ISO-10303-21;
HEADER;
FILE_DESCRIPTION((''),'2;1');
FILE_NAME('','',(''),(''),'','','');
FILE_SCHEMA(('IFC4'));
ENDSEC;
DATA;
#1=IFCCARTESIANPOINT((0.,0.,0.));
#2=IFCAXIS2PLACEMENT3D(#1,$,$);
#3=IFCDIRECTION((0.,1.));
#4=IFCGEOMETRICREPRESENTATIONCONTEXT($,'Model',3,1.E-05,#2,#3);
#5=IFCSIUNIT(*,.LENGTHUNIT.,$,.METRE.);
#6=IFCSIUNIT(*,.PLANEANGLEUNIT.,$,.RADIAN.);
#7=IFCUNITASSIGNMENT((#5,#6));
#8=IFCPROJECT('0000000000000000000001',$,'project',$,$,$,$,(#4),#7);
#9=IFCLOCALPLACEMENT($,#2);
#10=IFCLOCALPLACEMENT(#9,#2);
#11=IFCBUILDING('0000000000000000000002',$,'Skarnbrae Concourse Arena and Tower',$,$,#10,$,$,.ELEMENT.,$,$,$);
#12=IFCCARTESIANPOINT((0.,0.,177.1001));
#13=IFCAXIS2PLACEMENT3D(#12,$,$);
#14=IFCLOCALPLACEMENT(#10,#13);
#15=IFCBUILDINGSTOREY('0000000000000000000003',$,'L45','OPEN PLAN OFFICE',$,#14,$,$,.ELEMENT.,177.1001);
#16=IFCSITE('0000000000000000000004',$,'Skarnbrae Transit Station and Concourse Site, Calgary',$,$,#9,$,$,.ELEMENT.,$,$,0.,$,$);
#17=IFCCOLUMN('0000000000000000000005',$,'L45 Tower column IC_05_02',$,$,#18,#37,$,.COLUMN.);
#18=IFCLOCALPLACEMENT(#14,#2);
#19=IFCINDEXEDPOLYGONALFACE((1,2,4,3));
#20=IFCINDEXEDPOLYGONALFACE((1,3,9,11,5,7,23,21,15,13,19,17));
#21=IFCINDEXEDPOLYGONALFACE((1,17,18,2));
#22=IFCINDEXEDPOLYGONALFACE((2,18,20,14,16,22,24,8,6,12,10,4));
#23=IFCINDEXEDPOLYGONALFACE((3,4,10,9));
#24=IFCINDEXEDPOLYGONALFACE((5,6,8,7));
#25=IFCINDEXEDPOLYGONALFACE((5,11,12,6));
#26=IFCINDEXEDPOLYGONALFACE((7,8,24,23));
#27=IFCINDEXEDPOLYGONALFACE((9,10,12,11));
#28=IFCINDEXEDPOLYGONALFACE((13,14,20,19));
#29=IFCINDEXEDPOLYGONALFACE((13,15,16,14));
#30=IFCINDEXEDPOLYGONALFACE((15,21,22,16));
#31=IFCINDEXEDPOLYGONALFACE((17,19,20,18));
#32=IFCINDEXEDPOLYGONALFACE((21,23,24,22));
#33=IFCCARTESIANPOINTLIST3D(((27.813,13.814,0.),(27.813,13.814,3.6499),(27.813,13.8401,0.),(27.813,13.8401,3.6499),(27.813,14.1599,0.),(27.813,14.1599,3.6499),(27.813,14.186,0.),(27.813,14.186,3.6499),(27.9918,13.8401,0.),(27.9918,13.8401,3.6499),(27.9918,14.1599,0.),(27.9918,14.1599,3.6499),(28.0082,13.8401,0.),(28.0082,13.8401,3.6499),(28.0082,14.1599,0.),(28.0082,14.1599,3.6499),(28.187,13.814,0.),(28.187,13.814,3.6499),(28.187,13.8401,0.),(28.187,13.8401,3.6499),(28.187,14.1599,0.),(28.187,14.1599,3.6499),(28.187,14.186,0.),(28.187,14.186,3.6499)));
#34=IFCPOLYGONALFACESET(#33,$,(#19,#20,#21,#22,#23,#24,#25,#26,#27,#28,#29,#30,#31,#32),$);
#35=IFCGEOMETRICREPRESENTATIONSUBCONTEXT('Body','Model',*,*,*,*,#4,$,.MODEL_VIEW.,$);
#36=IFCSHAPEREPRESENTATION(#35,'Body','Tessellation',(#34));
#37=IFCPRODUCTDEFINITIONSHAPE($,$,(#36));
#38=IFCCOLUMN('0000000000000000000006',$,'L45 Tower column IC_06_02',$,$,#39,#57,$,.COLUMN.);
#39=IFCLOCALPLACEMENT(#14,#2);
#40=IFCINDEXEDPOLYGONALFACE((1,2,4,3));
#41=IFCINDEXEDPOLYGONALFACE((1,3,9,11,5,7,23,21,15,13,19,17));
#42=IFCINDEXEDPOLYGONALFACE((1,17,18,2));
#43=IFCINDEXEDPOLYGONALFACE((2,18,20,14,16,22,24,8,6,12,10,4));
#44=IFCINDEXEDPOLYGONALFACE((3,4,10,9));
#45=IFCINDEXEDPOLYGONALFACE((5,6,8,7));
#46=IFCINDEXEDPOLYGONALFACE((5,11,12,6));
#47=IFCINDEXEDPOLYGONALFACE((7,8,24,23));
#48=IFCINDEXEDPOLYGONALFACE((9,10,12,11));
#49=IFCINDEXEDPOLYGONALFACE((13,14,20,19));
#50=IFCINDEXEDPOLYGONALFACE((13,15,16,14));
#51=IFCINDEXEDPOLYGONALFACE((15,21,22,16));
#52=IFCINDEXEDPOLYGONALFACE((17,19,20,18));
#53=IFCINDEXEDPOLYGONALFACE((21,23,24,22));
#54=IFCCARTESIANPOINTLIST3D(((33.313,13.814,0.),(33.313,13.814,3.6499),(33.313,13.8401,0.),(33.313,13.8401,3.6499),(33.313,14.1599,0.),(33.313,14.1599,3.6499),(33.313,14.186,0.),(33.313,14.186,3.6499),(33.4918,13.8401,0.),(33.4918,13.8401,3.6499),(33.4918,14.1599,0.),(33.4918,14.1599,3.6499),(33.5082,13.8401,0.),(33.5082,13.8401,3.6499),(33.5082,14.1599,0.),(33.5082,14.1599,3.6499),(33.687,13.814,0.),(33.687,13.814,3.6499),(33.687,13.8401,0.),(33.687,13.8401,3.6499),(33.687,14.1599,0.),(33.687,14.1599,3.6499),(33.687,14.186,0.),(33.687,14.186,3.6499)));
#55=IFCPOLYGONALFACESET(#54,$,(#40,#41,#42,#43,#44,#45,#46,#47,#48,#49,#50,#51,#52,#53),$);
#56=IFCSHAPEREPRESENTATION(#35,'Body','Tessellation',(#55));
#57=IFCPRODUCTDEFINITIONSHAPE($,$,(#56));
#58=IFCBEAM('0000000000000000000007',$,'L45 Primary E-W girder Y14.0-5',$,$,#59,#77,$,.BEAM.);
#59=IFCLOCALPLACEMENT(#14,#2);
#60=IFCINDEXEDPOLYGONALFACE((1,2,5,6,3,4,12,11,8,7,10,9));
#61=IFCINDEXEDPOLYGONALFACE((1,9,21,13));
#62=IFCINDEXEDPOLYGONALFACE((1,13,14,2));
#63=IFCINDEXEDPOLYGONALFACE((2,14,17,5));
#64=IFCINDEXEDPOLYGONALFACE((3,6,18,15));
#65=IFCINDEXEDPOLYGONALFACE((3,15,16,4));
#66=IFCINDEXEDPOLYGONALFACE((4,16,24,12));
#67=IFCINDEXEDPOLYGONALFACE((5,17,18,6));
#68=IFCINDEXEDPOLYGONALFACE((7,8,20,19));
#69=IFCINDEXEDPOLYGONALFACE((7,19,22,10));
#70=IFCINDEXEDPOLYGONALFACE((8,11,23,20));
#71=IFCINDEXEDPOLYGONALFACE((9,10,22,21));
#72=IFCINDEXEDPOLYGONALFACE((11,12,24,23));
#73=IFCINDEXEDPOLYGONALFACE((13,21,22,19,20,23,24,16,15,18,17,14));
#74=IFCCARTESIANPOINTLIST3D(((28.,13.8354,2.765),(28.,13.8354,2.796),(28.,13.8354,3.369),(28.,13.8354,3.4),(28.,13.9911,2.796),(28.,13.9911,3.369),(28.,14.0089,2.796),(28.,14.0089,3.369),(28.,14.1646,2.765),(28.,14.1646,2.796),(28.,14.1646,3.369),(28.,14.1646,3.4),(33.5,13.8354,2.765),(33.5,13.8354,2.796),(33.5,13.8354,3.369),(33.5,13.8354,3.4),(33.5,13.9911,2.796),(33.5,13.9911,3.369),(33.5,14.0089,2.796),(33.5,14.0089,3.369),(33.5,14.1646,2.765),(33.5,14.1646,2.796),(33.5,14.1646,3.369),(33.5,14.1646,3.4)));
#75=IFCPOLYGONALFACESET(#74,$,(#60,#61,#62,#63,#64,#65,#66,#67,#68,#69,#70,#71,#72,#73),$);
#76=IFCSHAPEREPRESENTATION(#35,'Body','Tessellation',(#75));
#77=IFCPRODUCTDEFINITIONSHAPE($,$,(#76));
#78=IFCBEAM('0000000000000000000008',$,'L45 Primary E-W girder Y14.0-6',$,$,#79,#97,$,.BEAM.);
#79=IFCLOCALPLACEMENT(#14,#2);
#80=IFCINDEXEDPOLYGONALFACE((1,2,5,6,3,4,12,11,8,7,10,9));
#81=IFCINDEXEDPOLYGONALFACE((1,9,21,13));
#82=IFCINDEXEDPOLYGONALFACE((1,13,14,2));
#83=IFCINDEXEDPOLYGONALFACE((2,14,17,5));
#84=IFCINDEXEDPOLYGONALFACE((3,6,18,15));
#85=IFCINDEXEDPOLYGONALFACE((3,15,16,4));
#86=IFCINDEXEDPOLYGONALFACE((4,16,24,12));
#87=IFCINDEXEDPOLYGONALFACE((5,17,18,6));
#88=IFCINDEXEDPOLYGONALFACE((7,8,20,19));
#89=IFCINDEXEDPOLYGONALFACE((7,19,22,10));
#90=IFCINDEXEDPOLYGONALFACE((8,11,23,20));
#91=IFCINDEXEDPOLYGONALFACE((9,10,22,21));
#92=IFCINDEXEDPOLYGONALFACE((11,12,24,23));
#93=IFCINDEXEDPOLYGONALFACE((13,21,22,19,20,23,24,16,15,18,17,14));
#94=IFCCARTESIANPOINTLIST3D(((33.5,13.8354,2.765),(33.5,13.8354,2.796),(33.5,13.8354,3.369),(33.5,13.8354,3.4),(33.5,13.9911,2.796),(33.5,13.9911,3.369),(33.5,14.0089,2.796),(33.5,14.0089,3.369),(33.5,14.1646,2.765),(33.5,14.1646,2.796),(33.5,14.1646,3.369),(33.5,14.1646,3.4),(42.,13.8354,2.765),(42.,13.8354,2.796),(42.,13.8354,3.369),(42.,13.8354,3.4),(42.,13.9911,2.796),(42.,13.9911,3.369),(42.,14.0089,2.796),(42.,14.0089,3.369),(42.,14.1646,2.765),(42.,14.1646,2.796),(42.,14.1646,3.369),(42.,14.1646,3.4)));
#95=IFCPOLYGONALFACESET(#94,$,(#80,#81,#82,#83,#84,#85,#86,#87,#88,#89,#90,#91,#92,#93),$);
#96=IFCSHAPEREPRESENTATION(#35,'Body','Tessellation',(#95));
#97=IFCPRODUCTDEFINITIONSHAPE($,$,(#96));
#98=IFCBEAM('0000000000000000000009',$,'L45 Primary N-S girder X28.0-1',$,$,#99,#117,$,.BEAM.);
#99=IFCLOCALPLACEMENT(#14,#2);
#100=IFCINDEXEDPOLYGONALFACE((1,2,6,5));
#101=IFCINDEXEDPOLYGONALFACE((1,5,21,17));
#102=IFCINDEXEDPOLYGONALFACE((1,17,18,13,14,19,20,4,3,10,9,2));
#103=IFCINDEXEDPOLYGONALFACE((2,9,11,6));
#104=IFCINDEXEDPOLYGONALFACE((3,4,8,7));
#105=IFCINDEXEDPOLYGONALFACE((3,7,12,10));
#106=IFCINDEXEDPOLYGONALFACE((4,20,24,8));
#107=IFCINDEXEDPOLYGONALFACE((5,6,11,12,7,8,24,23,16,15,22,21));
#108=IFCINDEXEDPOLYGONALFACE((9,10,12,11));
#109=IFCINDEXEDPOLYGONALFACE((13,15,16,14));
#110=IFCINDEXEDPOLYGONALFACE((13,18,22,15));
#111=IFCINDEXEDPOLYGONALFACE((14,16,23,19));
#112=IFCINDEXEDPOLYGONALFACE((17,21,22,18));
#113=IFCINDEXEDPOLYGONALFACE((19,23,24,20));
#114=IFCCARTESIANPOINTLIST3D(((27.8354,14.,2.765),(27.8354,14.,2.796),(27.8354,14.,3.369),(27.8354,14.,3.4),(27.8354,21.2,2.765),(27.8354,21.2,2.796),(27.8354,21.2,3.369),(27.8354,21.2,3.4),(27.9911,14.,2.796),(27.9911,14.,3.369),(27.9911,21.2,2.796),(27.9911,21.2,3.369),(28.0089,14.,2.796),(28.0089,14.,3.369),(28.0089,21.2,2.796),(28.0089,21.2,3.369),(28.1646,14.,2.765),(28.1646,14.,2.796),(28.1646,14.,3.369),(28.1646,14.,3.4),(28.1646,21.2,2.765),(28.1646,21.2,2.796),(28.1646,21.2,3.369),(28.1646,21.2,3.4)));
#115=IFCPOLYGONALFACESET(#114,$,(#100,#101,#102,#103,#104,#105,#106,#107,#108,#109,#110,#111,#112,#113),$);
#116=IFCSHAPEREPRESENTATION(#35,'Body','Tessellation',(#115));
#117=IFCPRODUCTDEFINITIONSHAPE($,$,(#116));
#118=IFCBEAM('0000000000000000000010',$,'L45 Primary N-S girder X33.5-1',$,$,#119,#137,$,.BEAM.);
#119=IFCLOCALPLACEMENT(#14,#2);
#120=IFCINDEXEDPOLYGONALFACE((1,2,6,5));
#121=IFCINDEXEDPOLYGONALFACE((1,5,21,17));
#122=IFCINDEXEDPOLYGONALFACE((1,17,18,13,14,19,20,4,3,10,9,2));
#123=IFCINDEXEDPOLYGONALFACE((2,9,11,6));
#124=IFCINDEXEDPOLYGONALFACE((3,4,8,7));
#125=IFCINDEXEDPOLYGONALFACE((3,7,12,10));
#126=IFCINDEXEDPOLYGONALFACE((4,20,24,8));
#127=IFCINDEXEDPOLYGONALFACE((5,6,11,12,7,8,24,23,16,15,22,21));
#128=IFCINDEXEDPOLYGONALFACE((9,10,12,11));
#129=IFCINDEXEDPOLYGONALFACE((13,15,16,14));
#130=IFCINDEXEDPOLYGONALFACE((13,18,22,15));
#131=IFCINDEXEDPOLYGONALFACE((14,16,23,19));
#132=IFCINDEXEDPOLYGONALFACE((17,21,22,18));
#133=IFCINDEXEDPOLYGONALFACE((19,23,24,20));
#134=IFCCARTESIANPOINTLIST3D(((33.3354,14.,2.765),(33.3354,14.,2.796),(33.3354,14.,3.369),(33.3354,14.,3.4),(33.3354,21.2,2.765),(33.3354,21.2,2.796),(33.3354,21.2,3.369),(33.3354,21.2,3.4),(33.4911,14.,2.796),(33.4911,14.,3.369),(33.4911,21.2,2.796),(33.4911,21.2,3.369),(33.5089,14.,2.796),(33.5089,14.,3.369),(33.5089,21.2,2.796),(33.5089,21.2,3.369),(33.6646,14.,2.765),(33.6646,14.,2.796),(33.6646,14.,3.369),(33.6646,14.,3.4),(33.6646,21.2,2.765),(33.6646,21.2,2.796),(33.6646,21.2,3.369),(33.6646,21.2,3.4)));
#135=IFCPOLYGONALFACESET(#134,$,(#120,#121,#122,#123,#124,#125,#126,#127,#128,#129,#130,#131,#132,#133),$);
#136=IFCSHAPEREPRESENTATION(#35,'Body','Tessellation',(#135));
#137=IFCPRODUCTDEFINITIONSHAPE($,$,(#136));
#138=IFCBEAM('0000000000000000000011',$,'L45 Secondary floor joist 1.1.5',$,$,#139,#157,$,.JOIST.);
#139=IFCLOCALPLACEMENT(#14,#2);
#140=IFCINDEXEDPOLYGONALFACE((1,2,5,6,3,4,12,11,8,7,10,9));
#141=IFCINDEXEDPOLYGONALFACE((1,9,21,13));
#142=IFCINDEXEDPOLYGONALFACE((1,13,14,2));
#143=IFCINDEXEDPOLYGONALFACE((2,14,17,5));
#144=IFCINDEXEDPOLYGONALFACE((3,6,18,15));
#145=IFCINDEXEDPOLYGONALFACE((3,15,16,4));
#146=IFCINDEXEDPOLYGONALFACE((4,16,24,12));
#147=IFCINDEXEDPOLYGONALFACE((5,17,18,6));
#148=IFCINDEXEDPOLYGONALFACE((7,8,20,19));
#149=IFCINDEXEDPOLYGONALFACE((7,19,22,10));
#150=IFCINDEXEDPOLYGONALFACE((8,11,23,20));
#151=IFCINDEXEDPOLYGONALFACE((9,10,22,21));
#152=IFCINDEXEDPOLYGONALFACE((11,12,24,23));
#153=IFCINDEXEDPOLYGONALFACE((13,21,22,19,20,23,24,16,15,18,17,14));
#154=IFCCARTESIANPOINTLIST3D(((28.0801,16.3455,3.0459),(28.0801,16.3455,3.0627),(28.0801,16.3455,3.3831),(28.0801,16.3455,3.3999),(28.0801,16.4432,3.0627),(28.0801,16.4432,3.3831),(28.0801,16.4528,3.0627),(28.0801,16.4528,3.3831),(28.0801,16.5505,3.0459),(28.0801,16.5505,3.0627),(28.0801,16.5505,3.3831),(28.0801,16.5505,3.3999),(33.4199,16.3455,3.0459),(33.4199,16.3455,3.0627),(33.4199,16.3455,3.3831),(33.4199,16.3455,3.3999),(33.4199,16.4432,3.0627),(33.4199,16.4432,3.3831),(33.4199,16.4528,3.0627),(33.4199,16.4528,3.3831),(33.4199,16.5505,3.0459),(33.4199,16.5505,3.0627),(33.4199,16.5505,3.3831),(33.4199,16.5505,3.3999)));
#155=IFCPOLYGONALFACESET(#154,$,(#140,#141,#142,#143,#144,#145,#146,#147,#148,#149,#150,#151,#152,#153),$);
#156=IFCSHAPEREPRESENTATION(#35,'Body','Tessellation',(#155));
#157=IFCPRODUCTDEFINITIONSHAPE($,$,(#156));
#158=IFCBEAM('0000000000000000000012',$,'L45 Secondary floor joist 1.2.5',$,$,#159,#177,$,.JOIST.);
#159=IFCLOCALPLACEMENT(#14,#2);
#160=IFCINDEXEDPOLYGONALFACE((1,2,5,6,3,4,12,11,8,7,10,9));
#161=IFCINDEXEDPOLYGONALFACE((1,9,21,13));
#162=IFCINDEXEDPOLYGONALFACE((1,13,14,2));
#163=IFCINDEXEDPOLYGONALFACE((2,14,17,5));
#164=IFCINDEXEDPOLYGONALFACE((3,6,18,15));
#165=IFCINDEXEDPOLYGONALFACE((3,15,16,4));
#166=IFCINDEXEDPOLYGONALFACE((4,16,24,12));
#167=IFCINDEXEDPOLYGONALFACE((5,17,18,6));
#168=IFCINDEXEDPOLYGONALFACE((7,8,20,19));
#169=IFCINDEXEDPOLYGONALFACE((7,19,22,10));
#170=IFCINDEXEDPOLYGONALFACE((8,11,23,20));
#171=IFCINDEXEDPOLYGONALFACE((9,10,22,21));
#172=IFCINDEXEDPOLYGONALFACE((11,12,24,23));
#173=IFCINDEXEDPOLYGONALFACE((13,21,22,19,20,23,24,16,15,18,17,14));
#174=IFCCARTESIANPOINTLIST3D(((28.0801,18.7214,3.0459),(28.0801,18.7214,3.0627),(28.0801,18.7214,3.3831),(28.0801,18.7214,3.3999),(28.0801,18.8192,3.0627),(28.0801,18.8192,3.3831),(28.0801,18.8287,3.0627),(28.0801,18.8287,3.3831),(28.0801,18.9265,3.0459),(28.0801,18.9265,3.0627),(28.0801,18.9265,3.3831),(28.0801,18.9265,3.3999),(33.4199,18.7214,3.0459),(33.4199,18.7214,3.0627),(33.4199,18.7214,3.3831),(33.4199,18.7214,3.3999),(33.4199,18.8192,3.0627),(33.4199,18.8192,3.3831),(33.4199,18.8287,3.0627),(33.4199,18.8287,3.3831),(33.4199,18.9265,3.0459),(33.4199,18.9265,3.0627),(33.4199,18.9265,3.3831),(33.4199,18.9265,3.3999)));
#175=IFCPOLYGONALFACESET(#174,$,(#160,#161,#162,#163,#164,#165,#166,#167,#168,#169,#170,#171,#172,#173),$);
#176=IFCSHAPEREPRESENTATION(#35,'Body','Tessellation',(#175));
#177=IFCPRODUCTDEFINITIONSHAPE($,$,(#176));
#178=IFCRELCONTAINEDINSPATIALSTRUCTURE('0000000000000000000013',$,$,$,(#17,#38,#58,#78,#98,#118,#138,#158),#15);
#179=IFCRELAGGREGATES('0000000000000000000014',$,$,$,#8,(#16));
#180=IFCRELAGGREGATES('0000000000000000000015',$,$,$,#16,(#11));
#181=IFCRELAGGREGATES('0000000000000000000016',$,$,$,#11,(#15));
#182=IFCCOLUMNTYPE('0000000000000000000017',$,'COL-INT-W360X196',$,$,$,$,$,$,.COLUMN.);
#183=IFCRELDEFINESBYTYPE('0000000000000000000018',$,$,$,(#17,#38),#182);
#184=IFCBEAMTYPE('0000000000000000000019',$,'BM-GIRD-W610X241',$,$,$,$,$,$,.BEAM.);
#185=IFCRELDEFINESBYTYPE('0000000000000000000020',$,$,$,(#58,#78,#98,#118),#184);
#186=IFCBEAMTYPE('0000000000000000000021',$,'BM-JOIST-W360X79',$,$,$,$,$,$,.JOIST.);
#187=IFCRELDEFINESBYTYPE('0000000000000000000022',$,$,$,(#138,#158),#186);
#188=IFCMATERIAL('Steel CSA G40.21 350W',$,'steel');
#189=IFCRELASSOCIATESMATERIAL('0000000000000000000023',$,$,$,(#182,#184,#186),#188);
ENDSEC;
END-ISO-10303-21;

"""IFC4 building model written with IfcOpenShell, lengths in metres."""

from ifc_helpers import new_model, si_unit, direction, frame, origin, origin_2d, place, context, subcontext, project, spatial, i_section, extrude, source, transform, mapped, material, material_profile, profile_set, type_object, element, save


model = new_model("IFC4")

# Units and contexts
model_context = context("Model", 3, precision=1e-05, world=origin(), true_north=direction((0.0, 1.0)))
body_context = subcontext(model_context, "Body", "Model", "MODEL_VIEW")
ifc_project = project(units=[si_unit("LENGTHUNIT", "METRE"), si_unit("PLANEANGLEUNIT", "RADIAN")], contexts=[model_context])

# Site, building, storey
site_placement = place(None, origin())
site = spatial("IfcSite", under=ifc_project, at=site_placement, Name="Skarnbrae Transit Station and Concourse Site, Calgary", CompositionType="ELEMENT", RefElevation=0.0)
building_placement = place(site_placement, origin())
building = spatial("IfcBuilding", under=site, at=building_placement, Name="Skarnbrae Concourse Arena and Tower", CompositionType="ELEMENT")
storey_placement = place(building_placement, frame((0.0, 0.0, 177.1001)))
storey = spatial("IfcBuildingStorey", under=building, at=storey_placement, Name="L45", Description="OPEN PLAN OFFICE", CompositionType="ELEMENT", Elevation=177.1001)

# Columns
ifc_material_1 = material(Name="Steel CSA G40.21 350W", Category="steel")
ifc_material_profile_1 = material_profile(ifc_material_1, i_section(OverallWidth=0.374, OverallDepth=0.3721, WebThickness=0.0164, FlangeThickness=0.0261, at=origin_2d()), Name="W360X196")
ifc_profile_set_1 = profile_set([ifc_material_profile_1], Name="Steel CSA G40.21 350W")
column_type = type_object("IfcColumnType", Name="COL-INT-W360X196", PredefinedType="COLUMN", material=ifc_profile_set_1)
shared_shape_1 = source(origin(), body_context, "Body", "SweptSolid", [
    extrude(i_section(OverallWidth=0.374, OverallDepth=0.3721, WebThickness=0.0164, FlangeThickness=0.0261, at=origin_2d()), origin(), (0.0, 0.0, 1.0), 3.6499),
])
for number, where, z_axis, x_axis, name in (
    (1, (28.0, 14.0, 0.0), (0.0, 0.0, 1.0), (1.0, 0.0, 0.0), "L45 Tower column IC_05_02"),
    (2, (33.5, 14.0, 0.0), (0.0, 0.0, 1.0), (1.0, 0.0, 0.0), "L45 Tower column IC_06_02"),
):
    element("IfcColumn", number, at=place(storey_placement, frame(where, z_axis=z_axis, x_axis=x_axis)), inside=storey, type_object=column_type, Name=name, PredefinedType="COLUMN", context=body_context, shape_type="MappedRepresentation", body=[
        mapped(shared_shape_1, transform((0.0, 0.0, 0.0))),
    ])

# Beams
ifc_material_profile_2 = material_profile(ifc_material_1, i_section(OverallWidth=0.3291, OverallDepth=0.635, WebThickness=0.0178, FlangeThickness=0.031, at=origin_2d()), Name="W610X241")
ifc_profile_set_2 = profile_set([ifc_material_profile_2], Name="Steel CSA G40.21 350W")
beam_type_1 = type_object("IfcBeamType", Name="BM-GIRD-W610X241", PredefinedType="BEAM", material=ifc_profile_set_2)
shared_shape_2 = source(origin(), body_context, "Body", "SweptSolid", [
    extrude(i_section(OverallWidth=0.3291, OverallDepth=0.635, WebThickness=0.0178, FlangeThickness=0.031, at=origin_2d()), origin(), (0.0, 0.0, 1.0), 5.5),
])
beam_1_placement = place(storey_placement, frame((28.0, 14.0, 3.0825), z_axis=(1.0, 0.0, 0.0), x_axis=(0.0, 1.0, 0.0)))
element("IfcBeam", 3, at=beam_1_placement, inside=storey, type_object=beam_type_1, Name="L45 Primary E-W girder Y14.0-5", PredefinedType="BEAM", context=body_context, shape_type="MappedRepresentation", body=[
    mapped(shared_shape_2, transform((0.0, 0.0, 0.0))),
])
shared_shape_3 = source(origin(), body_context, "Body", "SweptSolid", [
    extrude(i_section(OverallWidth=0.3291, OverallDepth=0.635, WebThickness=0.0178, FlangeThickness=0.031, at=origin_2d()), origin(), (0.0, 0.0, 1.0), 8.5),
])
beam_2_placement = place(storey_placement, frame((33.5, 14.0, 3.0825), z_axis=(1.0, 0.0, 0.0), x_axis=(0.0, 1.0, 0.0)))
element("IfcBeam", 4, at=beam_2_placement, inside=storey, type_object=beam_type_1, Name="L45 Primary E-W girder Y14.0-6", PredefinedType="BEAM", context=body_context, shape_type="MappedRepresentation", body=[
    mapped(shared_shape_3, transform((0.0, 0.0, 0.0))),
])
shared_shape_4 = source(origin(), body_context, "Body", "SweptSolid", [
    extrude(i_section(OverallWidth=0.3291, OverallDepth=0.635, WebThickness=0.0178, FlangeThickness=0.031, at=origin_2d()), origin(), (0.0, 0.0, 1.0), 7.2),
])
for number, where, z_axis, x_axis, name in (
    (5, (28.0, 14.0, 3.0825), (0.0, 1.0, 0.0), (-1.0, 0.0, 0.0), "L45 Primary N-S girder X28.0-1"),
    (6, (33.5, 14.0, 3.0825), (0.0, 1.0, 0.0), (-1.0, 0.0, 0.0), "L45 Primary N-S girder X33.5-1"),
):
    element("IfcBeam", number, at=place(storey_placement, frame(where, z_axis=z_axis, x_axis=x_axis)), inside=storey, type_object=beam_type_1, Name=name, PredefinedType="BEAM", context=body_context, shape_type="MappedRepresentation", body=[
        mapped(shared_shape_4, transform((0.0, 0.0, 0.0))),
    ])
ifc_material_profile_3 = material_profile(ifc_material_1, i_section(OverallWidth=0.2051, OverallDepth=0.354, WebThickness=0.0095, FlangeThickness=0.0168, at=origin_2d()), Name="W360X79")
ifc_profile_set_3 = profile_set([ifc_material_profile_3], Name="Steel CSA G40.21 350W")
beam_type_2 = type_object("IfcBeamType", Name="BM-JOIST-W360X79", PredefinedType="JOIST", material=ifc_profile_set_3)
shared_shape_5 = source(origin(), body_context, "Body", "SweptSolid", [
    extrude(i_section(OverallWidth=0.2051, OverallDepth=0.354, WebThickness=0.0095, FlangeThickness=0.0168, at=origin_2d()), origin(), (0.0, 0.0, 1.0), 5.3398),
])
for number, where, z_axis, x_axis, name in (
    (7, (28.0801, 16.448, 3.2229), (1.0, 0.0, 0.0), (0.0, 1.0, 0.0), "L45 Secondary floor joist 1.1.5"),
    (8, (28.0801, 18.824, 3.2229), (1.0, 0.0, 0.0), (0.0, 1.0, 0.0), "L45 Secondary floor joist 1.2.5"),
):
    element("IfcBeam", number, at=place(storey_placement, frame(where, z_axis=z_axis, x_axis=x_axis)), inside=storey, type_object=beam_type_2, Name=name, PredefinedType="JOIST", context=body_context, shape_type="MappedRepresentation", body=[
        mapped(shared_shape_5, transform((0.0, 0.0, 0.0))),
    ])

save(model, "model.ifc")
